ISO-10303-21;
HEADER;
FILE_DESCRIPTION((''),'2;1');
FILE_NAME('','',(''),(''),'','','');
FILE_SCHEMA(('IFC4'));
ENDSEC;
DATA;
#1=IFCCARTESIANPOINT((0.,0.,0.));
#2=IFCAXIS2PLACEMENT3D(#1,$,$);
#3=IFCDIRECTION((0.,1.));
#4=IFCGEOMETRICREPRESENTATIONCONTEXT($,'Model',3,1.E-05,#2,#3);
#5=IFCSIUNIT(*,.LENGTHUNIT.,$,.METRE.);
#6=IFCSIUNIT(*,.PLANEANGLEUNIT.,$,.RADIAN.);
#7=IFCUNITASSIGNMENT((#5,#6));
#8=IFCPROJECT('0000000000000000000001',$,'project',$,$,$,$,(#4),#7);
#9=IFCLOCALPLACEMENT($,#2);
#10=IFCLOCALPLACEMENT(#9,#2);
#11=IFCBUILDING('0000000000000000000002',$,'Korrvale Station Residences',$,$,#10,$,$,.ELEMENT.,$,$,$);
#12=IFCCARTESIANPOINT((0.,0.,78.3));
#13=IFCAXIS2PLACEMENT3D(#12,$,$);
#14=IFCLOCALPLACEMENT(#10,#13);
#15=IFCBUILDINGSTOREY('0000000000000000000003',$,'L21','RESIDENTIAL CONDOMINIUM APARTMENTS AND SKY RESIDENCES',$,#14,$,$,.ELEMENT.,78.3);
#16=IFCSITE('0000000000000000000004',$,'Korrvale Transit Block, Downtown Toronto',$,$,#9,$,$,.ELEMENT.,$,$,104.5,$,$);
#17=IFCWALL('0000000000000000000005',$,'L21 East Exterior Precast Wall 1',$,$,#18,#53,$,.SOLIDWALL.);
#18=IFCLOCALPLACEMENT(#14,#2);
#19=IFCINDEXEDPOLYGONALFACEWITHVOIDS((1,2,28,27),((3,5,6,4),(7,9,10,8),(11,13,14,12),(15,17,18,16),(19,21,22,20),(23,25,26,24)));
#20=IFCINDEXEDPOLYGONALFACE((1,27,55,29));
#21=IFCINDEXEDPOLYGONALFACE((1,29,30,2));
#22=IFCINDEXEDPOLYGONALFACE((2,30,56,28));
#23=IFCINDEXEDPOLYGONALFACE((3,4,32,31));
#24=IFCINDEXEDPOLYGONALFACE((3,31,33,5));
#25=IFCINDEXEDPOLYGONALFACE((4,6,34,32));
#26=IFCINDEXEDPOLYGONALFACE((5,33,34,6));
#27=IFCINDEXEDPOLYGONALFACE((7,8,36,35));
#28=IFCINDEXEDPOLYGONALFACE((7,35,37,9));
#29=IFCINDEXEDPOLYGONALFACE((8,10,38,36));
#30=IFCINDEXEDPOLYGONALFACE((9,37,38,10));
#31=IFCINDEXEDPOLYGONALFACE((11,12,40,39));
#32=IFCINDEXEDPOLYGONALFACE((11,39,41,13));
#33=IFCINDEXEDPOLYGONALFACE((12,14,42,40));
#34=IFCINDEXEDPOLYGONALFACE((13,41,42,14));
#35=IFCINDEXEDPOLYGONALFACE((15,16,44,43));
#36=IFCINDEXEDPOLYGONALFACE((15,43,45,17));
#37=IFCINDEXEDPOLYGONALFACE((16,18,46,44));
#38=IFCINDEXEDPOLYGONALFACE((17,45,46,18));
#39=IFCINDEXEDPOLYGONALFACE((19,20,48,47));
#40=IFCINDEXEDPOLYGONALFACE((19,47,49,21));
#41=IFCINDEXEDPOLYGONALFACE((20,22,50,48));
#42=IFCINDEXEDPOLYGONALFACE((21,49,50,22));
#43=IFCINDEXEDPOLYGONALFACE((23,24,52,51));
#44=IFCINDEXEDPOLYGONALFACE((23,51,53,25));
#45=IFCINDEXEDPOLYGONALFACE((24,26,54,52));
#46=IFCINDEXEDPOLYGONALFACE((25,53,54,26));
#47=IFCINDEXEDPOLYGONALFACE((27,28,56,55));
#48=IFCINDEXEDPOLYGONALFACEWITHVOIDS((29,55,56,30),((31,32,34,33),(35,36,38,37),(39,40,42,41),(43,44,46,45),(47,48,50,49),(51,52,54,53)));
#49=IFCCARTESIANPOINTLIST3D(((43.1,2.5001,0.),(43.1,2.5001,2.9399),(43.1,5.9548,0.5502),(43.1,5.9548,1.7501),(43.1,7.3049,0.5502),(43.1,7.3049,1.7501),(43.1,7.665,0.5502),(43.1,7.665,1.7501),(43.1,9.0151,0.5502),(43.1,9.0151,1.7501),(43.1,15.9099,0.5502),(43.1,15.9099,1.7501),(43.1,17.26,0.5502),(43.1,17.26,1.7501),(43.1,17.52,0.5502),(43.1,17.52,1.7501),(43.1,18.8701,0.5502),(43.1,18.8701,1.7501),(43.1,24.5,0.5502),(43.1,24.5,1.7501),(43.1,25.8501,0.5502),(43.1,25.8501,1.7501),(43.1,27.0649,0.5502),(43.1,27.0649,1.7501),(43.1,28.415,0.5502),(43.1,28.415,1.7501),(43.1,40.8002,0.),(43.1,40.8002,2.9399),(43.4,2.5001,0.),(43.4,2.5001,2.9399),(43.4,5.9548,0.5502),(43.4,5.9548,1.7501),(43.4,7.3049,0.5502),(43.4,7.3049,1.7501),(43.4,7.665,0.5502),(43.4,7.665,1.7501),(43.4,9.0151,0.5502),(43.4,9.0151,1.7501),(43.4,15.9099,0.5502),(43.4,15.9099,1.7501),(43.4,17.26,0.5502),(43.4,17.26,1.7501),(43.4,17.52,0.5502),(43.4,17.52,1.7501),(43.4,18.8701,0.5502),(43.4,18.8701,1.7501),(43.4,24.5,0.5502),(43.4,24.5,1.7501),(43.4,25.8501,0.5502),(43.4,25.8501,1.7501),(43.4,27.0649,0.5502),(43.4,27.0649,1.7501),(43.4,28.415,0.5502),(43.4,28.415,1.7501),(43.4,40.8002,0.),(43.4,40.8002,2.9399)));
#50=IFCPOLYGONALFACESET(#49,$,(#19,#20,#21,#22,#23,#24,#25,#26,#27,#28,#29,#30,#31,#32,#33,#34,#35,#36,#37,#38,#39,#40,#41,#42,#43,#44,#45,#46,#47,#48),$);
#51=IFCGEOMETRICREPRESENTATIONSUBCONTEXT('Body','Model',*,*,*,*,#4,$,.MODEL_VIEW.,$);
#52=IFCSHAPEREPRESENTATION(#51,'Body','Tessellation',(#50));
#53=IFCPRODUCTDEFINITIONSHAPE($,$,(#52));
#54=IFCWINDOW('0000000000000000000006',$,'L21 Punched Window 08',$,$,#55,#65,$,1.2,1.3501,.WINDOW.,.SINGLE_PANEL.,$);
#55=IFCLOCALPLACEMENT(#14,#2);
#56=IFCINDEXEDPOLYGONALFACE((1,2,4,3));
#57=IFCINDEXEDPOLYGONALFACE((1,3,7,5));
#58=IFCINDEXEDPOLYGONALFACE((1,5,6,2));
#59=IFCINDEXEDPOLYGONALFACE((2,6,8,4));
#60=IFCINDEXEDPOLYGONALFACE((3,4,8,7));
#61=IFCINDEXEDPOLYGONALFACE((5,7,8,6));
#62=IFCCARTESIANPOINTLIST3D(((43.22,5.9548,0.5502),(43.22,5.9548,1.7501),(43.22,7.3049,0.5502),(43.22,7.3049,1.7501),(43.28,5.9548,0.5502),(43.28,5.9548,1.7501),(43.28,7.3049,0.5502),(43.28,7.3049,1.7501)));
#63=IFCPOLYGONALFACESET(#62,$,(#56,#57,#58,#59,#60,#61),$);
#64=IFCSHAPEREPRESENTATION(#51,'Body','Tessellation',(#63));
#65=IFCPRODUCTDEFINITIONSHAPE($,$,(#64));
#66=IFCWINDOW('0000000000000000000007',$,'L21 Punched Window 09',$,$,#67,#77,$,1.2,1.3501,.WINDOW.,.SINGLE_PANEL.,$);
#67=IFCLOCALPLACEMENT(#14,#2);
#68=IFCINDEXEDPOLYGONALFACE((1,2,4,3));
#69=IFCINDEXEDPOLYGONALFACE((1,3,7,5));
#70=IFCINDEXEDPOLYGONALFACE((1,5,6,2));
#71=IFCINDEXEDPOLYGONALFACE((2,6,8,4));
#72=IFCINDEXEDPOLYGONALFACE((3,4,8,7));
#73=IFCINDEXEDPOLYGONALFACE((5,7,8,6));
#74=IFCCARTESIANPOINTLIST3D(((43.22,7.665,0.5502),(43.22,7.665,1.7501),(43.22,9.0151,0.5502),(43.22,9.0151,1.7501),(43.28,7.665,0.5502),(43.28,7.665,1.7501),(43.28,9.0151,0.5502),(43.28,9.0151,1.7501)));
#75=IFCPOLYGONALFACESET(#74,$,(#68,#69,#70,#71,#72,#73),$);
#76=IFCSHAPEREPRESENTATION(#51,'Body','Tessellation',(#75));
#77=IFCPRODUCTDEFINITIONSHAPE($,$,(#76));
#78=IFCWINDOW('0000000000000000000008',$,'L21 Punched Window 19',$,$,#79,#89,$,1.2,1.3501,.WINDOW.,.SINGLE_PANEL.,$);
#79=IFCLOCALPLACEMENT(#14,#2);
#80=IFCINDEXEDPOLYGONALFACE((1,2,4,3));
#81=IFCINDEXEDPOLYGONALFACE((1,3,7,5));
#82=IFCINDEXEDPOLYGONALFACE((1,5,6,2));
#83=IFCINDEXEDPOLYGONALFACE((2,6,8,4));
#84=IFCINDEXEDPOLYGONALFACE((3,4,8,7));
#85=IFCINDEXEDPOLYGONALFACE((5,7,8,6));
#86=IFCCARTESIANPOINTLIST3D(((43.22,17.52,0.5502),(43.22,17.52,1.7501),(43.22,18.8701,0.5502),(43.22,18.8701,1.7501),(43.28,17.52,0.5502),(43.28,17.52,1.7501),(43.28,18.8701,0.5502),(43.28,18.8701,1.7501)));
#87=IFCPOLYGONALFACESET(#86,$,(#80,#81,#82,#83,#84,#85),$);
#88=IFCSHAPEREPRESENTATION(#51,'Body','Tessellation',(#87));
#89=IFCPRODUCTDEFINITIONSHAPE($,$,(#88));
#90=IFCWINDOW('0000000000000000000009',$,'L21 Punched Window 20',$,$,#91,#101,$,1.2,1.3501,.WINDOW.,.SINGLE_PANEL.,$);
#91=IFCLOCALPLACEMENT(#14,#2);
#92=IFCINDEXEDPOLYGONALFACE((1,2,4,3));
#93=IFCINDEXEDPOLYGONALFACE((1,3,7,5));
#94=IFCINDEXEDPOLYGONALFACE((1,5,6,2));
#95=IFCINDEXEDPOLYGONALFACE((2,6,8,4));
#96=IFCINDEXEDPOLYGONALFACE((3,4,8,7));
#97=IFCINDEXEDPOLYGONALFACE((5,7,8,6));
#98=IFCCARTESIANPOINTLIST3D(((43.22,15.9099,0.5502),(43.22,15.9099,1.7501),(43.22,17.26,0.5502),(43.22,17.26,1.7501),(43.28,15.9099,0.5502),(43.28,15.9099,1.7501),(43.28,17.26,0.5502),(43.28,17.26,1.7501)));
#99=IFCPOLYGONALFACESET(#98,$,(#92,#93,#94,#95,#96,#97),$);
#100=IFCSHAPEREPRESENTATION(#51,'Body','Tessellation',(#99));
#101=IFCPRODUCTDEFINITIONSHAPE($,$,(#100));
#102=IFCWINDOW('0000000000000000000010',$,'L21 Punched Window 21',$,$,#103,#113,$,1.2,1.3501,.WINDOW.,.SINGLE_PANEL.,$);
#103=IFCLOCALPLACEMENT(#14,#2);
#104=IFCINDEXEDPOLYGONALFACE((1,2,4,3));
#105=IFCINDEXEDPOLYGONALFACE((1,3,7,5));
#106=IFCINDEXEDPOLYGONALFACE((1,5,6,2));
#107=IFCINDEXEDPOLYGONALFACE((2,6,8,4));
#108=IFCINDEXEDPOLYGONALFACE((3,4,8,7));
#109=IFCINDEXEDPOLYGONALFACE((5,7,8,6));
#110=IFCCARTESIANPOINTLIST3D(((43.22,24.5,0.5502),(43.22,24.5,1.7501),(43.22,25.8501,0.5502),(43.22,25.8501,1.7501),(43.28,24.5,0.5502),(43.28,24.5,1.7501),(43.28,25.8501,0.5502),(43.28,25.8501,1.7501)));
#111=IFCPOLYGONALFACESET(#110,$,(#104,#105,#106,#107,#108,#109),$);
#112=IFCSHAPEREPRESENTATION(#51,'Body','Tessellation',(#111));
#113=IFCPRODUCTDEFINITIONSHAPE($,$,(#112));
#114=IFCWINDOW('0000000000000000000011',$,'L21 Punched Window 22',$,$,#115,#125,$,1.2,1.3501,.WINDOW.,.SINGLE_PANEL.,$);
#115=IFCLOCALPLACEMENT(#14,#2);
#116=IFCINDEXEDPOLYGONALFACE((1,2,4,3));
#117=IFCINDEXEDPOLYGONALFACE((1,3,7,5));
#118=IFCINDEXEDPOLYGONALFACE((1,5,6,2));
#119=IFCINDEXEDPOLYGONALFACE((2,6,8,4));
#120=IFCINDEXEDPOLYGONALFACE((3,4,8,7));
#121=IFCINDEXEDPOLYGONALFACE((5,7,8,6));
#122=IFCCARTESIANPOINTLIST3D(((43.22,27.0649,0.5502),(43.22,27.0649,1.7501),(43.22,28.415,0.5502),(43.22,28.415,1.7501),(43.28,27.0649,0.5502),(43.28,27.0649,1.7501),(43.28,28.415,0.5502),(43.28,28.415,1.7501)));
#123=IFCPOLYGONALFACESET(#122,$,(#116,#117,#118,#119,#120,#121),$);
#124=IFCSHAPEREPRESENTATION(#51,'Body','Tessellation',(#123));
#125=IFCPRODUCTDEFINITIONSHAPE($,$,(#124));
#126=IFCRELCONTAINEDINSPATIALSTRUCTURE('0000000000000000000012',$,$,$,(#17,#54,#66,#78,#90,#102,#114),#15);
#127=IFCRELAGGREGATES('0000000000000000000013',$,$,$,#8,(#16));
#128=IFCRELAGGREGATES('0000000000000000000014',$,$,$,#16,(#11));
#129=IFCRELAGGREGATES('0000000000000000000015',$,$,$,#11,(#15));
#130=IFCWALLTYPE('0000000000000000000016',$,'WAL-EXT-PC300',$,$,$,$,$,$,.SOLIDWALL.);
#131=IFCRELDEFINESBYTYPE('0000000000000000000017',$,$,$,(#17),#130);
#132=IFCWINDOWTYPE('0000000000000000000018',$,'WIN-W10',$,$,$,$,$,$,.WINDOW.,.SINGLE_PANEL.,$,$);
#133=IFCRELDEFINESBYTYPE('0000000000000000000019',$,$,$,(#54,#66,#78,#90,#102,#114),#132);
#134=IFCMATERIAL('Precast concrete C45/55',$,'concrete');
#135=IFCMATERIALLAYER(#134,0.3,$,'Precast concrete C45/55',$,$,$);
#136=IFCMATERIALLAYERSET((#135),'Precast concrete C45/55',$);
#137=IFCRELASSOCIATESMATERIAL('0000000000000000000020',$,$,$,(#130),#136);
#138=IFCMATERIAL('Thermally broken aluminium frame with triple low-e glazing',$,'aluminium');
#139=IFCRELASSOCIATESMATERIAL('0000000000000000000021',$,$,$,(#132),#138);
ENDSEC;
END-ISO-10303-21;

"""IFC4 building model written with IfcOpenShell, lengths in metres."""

from ifc_helpers import new_model, si_unit, direction, frame, frame_2d, origin, place, context, subcontext, project, spatial, rectangle, extrude, material, layer, layer_set, type_object, element, fill, save


model = new_model("IFC4")

# Units and contexts
model_context = context("Model", 3, precision=1e-05, world=origin(), true_north=direction((0.0, 1.0)))
body_context = subcontext(model_context, "Body", "Model", "MODEL_VIEW")
ifc_project = project(units=[si_unit("LENGTHUNIT", "METRE"), si_unit("PLANEANGLEUNIT", "RADIAN")], contexts=[model_context])

# Site, building, storey
site_placement = place(None, origin())
site = spatial("IfcSite", under=ifc_project, at=site_placement, Name="Korrvale Transit Block, Downtown Toronto", CompositionType="ELEMENT", RefElevation=104.5)
building_placement = place(site_placement, origin())
building = spatial("IfcBuilding", under=site, at=building_placement, Name="Korrvale Station Residences", CompositionType="ELEMENT")
storey_placement = place(building_placement, frame((0.0, 0.0, 78.3)))
storey = spatial("IfcBuildingStorey", under=building, at=storey_placement, Name="L21", Description="RESIDENTIAL CONDOMINIUM APARTMENTS AND SKY RESIDENCES", CompositionType="ELEMENT", Elevation=78.3)

# Shared definitions
ifc_material_1 = material(Name="Precast concrete C45/55", Category="concrete")

# Shared definitions
ifc_layer_1 = layer(ifc_material_1, 0.3, Name="Precast concrete C45/55")
ifc_layer_set_1 = layer_set([ifc_layer_1], Name="Precast concrete C45/55")
wall_type_1 = type_object("IfcWallType", Name="WAL-EXT-PC300", PredefinedType="SOLIDWALL", material=ifc_layer_set_1)
ifc_material_2 = material(Name="Thermally broken aluminium frame with triple low-e glazing", Category="aluminium")

# Wall, openings, windows
wall_1_placement = place(storey_placement, frame((43.25, 40.8, 0.0), z_axis=(0.0, 0.0, 1.0), x_axis=(0.0, -1.0, 0.0)))
wall_1 = element("IfcWall", 1, at=wall_1_placement, inside=storey, type_object=wall_type_1, Name="L21 East Exterior Precast Wall 1", PredefinedType="SOLIDWALL", context=body_context, shape_type="SweptSolid", body=[
    extrude(rectangle(XDim=38.3, YDim=0.3, at=frame_2d((19.1499, 0.0))), origin(), (0.0, 0.0, 1.0), 2.9399),
])
opening_1_placement = place(wall_1_placement, frame((33.4951, 0.0, 0.55)))
opening_1 = element("IfcOpeningElement", 2, at=opening_1_placement, cuts=wall_1, PredefinedType="OPENING", context=body_context, shape_type="SweptSolid", body=[
    extrude(rectangle(XDim=1.3501, YDim=1.2, at=frame_2d((0.675, 0.6001))), frame((0.0, 0.1602, 0.0), z_axis=(0.0, -1.0, 0.0), x_axis=(1.0, 0.0, 0.0)), (0.0, 0.0, 1.0), 0.3201),
])
opening_2_placement = place(wall_1_placement, frame((31.7849, 0.0, 0.55)))
opening_2 = element("IfcOpeningElement", 3, at=opening_2_placement, cuts=wall_1, PredefinedType="OPENING", context=body_context, shape_type="SweptSolid", body=[
    extrude(rectangle(XDim=1.3501, YDim=1.2, at=frame_2d((0.675, 0.6001))), frame((0.0, 0.1602, 0.0), z_axis=(0.0, -1.0, 0.0), x_axis=(1.0, 0.0, 0.0)), (0.0, 0.0, 1.0), 0.3201),
])
opening_3_placement = place(wall_1_placement, frame((21.9299, 0.0, 0.55)))
opening_3 = element("IfcOpeningElement", 4, at=opening_3_placement, cuts=wall_1, PredefinedType="OPENING", context=body_context, shape_type="SweptSolid", body=[
    extrude(rectangle(XDim=1.3501, YDim=1.2, at=frame_2d((0.675, 0.6001))), frame((0.0, 0.1602, 0.0), z_axis=(0.0, -1.0, 0.0), x_axis=(1.0, 0.0, 0.0)), (0.0, 0.0, 1.0), 0.3201),
])
opening_4_placement = place(wall_1_placement, frame((23.54, 0.0, 0.55)))
opening_4 = element("IfcOpeningElement", 5, at=opening_4_placement, cuts=wall_1, PredefinedType="OPENING", context=body_context, shape_type="SweptSolid", body=[
    extrude(rectangle(XDim=1.3501, YDim=1.2, at=frame_2d((0.675, 0.6001))), frame((0.0, 0.1602, 0.0), z_axis=(0.0, -1.0, 0.0), x_axis=(1.0, 0.0, 0.0)), (0.0, 0.0, 1.0), 0.3201),
])
opening_5_placement = place(wall_1_placement, frame((14.95, 0.0, 0.55)))
opening_5 = element("IfcOpeningElement", 6, at=opening_5_placement, cuts=wall_1, PredefinedType="OPENING", context=body_context, shape_type="SweptSolid", body=[
    extrude(rectangle(XDim=1.3501, YDim=1.2, at=frame_2d((0.675, 0.6001))), frame((0.0, 0.1602, 0.0), z_axis=(0.0, -1.0, 0.0), x_axis=(1.0, 0.0, 0.0)), (0.0, 0.0, 1.0), 0.3201),
])
opening_6_placement = place(wall_1_placement, frame((12.385, 0.0, 0.55)))
opening_6 = element("IfcOpeningElement", 7, at=opening_6_placement, cuts=wall_1, PredefinedType="OPENING", context=body_context, shape_type="SweptSolid", body=[
    extrude(rectangle(XDim=1.3501, YDim=1.2, at=frame_2d((0.675, 0.6001))), frame((0.0, 0.1602, 0.0), z_axis=(0.0, -1.0, 0.0), x_axis=(1.0, 0.0, 0.0)), (0.0, 0.0, 1.0), 0.3201),
])
window_type_1 = type_object("IfcWindowType", Name="WIN-W10", PartitioningType="SINGLE_PANEL", PredefinedType="WINDOW", material=ifc_material_2)
window_1_placement = place(opening_1_placement, origin())
window_1 = element("IfcWindow", 8, at=window_1_placement, inside=storey, type_object=window_type_1, Name="L21 Punched Window 08", OverallHeight=1.2, OverallWidth=1.3501, PartitioningType="SINGLE_PANEL", PredefinedType="WINDOW", context=body_context, shape_type="SweptSolid", body=[
    extrude(rectangle(XDim=1.3501, YDim=1.2, at=frame_2d((0.675, 0.6001))), frame((0.0, 0.03, 0.0), z_axis=(0.0, -1.0, 0.0), x_axis=(1.0, 0.0, 0.0)), (0.0, 0.0, 1.0), 0.0601),
])
fill(opening_1, window_1)
window_2_placement = place(opening_2_placement, origin())
window_2 = element("IfcWindow", 9, at=window_2_placement, inside=storey, type_object=window_type_1, Name="L21 Punched Window 09", OverallHeight=1.2, OverallWidth=1.3501, PartitioningType="SINGLE_PANEL", PredefinedType="WINDOW", context=body_context, shape_type="SweptSolid", body=[
    extrude(rectangle(XDim=1.3501, YDim=1.2, at=frame_2d((0.675, 0.6001))), frame((0.0, 0.03, 0.0), z_axis=(0.0, -1.0, 0.0), x_axis=(1.0, 0.0, 0.0)), (0.0, 0.0, 1.0), 0.0601),
])
fill(opening_2, window_2)
window_3_placement = place(opening_3_placement, origin())
window_3 = element("IfcWindow", 10, at=window_3_placement, inside=storey, type_object=window_type_1, Name="L21 Punched Window 19", OverallHeight=1.2, OverallWidth=1.3501, PartitioningType="SINGLE_PANEL", PredefinedType="WINDOW", context=body_context, shape_type="SweptSolid", body=[
    extrude(rectangle(XDim=1.3501, YDim=1.2, at=frame_2d((0.675, 0.6001))), frame((0.0, 0.03, 0.0), z_axis=(0.0, -1.0, 0.0), x_axis=(1.0, 0.0, 0.0)), (0.0, 0.0, 1.0), 0.0601),
])
fill(opening_3, window_3)
window_4_placement = place(opening_4_placement, origin())
window_4 = element("IfcWindow", 11, at=window_4_placement, inside=storey, type_object=window_type_1, Name="L21 Punched Window 20", OverallHeight=1.2, OverallWidth=1.3501, PartitioningType="SINGLE_PANEL", PredefinedType="WINDOW", context=body_context, shape_type="SweptSolid", body=[
    extrude(rectangle(XDim=1.3501, YDim=1.2, at=frame_2d((0.675, 0.6001))), frame((0.0, 0.03, 0.0), z_axis=(0.0, -1.0, 0.0), x_axis=(1.0, 0.0, 0.0)), (0.0, 0.0, 1.0), 0.0601),
])
fill(opening_4, window_4)
window_5_placement = place(opening_5_placement, origin())
window_5 = element("IfcWindow", 12, at=window_5_placement, inside=storey, type_object=window_type_1, Name="L21 Punched Window 21", OverallHeight=1.2, OverallWidth=1.3501, PartitioningType="SINGLE_PANEL", PredefinedType="WINDOW", context=body_context, shape_type="SweptSolid", body=[
    extrude(rectangle(XDim=1.3501, YDim=1.2, at=frame_2d((0.675, 0.6001))), frame((0.0, 0.03, 0.0), z_axis=(0.0, -1.0, 0.0), x_axis=(1.0, 0.0, 0.0)), (0.0, 0.0, 1.0), 0.0601),
])
fill(opening_5, window_5)
window_6_placement = place(opening_6_placement, origin())
window_6 = element("IfcWindow", 13, at=window_6_placement, inside=storey, type_object=window_type_1, Name="L21 Punched Window 22", OverallHeight=1.2, OverallWidth=1.3501, PartitioningType="SINGLE_PANEL", PredefinedType="WINDOW", context=body_context, shape_type="SweptSolid", body=[
    extrude(rectangle(XDim=1.3501, YDim=1.2, at=frame_2d((0.675, 0.6001))), frame((0.0, 0.03, 0.0), z_axis=(0.0, -1.0, 0.0), x_axis=(1.0, 0.0, 0.0)), (0.0, 0.0, 1.0), 0.0601),
])
fill(opening_6, window_6)

save(model, "model.ifc")
